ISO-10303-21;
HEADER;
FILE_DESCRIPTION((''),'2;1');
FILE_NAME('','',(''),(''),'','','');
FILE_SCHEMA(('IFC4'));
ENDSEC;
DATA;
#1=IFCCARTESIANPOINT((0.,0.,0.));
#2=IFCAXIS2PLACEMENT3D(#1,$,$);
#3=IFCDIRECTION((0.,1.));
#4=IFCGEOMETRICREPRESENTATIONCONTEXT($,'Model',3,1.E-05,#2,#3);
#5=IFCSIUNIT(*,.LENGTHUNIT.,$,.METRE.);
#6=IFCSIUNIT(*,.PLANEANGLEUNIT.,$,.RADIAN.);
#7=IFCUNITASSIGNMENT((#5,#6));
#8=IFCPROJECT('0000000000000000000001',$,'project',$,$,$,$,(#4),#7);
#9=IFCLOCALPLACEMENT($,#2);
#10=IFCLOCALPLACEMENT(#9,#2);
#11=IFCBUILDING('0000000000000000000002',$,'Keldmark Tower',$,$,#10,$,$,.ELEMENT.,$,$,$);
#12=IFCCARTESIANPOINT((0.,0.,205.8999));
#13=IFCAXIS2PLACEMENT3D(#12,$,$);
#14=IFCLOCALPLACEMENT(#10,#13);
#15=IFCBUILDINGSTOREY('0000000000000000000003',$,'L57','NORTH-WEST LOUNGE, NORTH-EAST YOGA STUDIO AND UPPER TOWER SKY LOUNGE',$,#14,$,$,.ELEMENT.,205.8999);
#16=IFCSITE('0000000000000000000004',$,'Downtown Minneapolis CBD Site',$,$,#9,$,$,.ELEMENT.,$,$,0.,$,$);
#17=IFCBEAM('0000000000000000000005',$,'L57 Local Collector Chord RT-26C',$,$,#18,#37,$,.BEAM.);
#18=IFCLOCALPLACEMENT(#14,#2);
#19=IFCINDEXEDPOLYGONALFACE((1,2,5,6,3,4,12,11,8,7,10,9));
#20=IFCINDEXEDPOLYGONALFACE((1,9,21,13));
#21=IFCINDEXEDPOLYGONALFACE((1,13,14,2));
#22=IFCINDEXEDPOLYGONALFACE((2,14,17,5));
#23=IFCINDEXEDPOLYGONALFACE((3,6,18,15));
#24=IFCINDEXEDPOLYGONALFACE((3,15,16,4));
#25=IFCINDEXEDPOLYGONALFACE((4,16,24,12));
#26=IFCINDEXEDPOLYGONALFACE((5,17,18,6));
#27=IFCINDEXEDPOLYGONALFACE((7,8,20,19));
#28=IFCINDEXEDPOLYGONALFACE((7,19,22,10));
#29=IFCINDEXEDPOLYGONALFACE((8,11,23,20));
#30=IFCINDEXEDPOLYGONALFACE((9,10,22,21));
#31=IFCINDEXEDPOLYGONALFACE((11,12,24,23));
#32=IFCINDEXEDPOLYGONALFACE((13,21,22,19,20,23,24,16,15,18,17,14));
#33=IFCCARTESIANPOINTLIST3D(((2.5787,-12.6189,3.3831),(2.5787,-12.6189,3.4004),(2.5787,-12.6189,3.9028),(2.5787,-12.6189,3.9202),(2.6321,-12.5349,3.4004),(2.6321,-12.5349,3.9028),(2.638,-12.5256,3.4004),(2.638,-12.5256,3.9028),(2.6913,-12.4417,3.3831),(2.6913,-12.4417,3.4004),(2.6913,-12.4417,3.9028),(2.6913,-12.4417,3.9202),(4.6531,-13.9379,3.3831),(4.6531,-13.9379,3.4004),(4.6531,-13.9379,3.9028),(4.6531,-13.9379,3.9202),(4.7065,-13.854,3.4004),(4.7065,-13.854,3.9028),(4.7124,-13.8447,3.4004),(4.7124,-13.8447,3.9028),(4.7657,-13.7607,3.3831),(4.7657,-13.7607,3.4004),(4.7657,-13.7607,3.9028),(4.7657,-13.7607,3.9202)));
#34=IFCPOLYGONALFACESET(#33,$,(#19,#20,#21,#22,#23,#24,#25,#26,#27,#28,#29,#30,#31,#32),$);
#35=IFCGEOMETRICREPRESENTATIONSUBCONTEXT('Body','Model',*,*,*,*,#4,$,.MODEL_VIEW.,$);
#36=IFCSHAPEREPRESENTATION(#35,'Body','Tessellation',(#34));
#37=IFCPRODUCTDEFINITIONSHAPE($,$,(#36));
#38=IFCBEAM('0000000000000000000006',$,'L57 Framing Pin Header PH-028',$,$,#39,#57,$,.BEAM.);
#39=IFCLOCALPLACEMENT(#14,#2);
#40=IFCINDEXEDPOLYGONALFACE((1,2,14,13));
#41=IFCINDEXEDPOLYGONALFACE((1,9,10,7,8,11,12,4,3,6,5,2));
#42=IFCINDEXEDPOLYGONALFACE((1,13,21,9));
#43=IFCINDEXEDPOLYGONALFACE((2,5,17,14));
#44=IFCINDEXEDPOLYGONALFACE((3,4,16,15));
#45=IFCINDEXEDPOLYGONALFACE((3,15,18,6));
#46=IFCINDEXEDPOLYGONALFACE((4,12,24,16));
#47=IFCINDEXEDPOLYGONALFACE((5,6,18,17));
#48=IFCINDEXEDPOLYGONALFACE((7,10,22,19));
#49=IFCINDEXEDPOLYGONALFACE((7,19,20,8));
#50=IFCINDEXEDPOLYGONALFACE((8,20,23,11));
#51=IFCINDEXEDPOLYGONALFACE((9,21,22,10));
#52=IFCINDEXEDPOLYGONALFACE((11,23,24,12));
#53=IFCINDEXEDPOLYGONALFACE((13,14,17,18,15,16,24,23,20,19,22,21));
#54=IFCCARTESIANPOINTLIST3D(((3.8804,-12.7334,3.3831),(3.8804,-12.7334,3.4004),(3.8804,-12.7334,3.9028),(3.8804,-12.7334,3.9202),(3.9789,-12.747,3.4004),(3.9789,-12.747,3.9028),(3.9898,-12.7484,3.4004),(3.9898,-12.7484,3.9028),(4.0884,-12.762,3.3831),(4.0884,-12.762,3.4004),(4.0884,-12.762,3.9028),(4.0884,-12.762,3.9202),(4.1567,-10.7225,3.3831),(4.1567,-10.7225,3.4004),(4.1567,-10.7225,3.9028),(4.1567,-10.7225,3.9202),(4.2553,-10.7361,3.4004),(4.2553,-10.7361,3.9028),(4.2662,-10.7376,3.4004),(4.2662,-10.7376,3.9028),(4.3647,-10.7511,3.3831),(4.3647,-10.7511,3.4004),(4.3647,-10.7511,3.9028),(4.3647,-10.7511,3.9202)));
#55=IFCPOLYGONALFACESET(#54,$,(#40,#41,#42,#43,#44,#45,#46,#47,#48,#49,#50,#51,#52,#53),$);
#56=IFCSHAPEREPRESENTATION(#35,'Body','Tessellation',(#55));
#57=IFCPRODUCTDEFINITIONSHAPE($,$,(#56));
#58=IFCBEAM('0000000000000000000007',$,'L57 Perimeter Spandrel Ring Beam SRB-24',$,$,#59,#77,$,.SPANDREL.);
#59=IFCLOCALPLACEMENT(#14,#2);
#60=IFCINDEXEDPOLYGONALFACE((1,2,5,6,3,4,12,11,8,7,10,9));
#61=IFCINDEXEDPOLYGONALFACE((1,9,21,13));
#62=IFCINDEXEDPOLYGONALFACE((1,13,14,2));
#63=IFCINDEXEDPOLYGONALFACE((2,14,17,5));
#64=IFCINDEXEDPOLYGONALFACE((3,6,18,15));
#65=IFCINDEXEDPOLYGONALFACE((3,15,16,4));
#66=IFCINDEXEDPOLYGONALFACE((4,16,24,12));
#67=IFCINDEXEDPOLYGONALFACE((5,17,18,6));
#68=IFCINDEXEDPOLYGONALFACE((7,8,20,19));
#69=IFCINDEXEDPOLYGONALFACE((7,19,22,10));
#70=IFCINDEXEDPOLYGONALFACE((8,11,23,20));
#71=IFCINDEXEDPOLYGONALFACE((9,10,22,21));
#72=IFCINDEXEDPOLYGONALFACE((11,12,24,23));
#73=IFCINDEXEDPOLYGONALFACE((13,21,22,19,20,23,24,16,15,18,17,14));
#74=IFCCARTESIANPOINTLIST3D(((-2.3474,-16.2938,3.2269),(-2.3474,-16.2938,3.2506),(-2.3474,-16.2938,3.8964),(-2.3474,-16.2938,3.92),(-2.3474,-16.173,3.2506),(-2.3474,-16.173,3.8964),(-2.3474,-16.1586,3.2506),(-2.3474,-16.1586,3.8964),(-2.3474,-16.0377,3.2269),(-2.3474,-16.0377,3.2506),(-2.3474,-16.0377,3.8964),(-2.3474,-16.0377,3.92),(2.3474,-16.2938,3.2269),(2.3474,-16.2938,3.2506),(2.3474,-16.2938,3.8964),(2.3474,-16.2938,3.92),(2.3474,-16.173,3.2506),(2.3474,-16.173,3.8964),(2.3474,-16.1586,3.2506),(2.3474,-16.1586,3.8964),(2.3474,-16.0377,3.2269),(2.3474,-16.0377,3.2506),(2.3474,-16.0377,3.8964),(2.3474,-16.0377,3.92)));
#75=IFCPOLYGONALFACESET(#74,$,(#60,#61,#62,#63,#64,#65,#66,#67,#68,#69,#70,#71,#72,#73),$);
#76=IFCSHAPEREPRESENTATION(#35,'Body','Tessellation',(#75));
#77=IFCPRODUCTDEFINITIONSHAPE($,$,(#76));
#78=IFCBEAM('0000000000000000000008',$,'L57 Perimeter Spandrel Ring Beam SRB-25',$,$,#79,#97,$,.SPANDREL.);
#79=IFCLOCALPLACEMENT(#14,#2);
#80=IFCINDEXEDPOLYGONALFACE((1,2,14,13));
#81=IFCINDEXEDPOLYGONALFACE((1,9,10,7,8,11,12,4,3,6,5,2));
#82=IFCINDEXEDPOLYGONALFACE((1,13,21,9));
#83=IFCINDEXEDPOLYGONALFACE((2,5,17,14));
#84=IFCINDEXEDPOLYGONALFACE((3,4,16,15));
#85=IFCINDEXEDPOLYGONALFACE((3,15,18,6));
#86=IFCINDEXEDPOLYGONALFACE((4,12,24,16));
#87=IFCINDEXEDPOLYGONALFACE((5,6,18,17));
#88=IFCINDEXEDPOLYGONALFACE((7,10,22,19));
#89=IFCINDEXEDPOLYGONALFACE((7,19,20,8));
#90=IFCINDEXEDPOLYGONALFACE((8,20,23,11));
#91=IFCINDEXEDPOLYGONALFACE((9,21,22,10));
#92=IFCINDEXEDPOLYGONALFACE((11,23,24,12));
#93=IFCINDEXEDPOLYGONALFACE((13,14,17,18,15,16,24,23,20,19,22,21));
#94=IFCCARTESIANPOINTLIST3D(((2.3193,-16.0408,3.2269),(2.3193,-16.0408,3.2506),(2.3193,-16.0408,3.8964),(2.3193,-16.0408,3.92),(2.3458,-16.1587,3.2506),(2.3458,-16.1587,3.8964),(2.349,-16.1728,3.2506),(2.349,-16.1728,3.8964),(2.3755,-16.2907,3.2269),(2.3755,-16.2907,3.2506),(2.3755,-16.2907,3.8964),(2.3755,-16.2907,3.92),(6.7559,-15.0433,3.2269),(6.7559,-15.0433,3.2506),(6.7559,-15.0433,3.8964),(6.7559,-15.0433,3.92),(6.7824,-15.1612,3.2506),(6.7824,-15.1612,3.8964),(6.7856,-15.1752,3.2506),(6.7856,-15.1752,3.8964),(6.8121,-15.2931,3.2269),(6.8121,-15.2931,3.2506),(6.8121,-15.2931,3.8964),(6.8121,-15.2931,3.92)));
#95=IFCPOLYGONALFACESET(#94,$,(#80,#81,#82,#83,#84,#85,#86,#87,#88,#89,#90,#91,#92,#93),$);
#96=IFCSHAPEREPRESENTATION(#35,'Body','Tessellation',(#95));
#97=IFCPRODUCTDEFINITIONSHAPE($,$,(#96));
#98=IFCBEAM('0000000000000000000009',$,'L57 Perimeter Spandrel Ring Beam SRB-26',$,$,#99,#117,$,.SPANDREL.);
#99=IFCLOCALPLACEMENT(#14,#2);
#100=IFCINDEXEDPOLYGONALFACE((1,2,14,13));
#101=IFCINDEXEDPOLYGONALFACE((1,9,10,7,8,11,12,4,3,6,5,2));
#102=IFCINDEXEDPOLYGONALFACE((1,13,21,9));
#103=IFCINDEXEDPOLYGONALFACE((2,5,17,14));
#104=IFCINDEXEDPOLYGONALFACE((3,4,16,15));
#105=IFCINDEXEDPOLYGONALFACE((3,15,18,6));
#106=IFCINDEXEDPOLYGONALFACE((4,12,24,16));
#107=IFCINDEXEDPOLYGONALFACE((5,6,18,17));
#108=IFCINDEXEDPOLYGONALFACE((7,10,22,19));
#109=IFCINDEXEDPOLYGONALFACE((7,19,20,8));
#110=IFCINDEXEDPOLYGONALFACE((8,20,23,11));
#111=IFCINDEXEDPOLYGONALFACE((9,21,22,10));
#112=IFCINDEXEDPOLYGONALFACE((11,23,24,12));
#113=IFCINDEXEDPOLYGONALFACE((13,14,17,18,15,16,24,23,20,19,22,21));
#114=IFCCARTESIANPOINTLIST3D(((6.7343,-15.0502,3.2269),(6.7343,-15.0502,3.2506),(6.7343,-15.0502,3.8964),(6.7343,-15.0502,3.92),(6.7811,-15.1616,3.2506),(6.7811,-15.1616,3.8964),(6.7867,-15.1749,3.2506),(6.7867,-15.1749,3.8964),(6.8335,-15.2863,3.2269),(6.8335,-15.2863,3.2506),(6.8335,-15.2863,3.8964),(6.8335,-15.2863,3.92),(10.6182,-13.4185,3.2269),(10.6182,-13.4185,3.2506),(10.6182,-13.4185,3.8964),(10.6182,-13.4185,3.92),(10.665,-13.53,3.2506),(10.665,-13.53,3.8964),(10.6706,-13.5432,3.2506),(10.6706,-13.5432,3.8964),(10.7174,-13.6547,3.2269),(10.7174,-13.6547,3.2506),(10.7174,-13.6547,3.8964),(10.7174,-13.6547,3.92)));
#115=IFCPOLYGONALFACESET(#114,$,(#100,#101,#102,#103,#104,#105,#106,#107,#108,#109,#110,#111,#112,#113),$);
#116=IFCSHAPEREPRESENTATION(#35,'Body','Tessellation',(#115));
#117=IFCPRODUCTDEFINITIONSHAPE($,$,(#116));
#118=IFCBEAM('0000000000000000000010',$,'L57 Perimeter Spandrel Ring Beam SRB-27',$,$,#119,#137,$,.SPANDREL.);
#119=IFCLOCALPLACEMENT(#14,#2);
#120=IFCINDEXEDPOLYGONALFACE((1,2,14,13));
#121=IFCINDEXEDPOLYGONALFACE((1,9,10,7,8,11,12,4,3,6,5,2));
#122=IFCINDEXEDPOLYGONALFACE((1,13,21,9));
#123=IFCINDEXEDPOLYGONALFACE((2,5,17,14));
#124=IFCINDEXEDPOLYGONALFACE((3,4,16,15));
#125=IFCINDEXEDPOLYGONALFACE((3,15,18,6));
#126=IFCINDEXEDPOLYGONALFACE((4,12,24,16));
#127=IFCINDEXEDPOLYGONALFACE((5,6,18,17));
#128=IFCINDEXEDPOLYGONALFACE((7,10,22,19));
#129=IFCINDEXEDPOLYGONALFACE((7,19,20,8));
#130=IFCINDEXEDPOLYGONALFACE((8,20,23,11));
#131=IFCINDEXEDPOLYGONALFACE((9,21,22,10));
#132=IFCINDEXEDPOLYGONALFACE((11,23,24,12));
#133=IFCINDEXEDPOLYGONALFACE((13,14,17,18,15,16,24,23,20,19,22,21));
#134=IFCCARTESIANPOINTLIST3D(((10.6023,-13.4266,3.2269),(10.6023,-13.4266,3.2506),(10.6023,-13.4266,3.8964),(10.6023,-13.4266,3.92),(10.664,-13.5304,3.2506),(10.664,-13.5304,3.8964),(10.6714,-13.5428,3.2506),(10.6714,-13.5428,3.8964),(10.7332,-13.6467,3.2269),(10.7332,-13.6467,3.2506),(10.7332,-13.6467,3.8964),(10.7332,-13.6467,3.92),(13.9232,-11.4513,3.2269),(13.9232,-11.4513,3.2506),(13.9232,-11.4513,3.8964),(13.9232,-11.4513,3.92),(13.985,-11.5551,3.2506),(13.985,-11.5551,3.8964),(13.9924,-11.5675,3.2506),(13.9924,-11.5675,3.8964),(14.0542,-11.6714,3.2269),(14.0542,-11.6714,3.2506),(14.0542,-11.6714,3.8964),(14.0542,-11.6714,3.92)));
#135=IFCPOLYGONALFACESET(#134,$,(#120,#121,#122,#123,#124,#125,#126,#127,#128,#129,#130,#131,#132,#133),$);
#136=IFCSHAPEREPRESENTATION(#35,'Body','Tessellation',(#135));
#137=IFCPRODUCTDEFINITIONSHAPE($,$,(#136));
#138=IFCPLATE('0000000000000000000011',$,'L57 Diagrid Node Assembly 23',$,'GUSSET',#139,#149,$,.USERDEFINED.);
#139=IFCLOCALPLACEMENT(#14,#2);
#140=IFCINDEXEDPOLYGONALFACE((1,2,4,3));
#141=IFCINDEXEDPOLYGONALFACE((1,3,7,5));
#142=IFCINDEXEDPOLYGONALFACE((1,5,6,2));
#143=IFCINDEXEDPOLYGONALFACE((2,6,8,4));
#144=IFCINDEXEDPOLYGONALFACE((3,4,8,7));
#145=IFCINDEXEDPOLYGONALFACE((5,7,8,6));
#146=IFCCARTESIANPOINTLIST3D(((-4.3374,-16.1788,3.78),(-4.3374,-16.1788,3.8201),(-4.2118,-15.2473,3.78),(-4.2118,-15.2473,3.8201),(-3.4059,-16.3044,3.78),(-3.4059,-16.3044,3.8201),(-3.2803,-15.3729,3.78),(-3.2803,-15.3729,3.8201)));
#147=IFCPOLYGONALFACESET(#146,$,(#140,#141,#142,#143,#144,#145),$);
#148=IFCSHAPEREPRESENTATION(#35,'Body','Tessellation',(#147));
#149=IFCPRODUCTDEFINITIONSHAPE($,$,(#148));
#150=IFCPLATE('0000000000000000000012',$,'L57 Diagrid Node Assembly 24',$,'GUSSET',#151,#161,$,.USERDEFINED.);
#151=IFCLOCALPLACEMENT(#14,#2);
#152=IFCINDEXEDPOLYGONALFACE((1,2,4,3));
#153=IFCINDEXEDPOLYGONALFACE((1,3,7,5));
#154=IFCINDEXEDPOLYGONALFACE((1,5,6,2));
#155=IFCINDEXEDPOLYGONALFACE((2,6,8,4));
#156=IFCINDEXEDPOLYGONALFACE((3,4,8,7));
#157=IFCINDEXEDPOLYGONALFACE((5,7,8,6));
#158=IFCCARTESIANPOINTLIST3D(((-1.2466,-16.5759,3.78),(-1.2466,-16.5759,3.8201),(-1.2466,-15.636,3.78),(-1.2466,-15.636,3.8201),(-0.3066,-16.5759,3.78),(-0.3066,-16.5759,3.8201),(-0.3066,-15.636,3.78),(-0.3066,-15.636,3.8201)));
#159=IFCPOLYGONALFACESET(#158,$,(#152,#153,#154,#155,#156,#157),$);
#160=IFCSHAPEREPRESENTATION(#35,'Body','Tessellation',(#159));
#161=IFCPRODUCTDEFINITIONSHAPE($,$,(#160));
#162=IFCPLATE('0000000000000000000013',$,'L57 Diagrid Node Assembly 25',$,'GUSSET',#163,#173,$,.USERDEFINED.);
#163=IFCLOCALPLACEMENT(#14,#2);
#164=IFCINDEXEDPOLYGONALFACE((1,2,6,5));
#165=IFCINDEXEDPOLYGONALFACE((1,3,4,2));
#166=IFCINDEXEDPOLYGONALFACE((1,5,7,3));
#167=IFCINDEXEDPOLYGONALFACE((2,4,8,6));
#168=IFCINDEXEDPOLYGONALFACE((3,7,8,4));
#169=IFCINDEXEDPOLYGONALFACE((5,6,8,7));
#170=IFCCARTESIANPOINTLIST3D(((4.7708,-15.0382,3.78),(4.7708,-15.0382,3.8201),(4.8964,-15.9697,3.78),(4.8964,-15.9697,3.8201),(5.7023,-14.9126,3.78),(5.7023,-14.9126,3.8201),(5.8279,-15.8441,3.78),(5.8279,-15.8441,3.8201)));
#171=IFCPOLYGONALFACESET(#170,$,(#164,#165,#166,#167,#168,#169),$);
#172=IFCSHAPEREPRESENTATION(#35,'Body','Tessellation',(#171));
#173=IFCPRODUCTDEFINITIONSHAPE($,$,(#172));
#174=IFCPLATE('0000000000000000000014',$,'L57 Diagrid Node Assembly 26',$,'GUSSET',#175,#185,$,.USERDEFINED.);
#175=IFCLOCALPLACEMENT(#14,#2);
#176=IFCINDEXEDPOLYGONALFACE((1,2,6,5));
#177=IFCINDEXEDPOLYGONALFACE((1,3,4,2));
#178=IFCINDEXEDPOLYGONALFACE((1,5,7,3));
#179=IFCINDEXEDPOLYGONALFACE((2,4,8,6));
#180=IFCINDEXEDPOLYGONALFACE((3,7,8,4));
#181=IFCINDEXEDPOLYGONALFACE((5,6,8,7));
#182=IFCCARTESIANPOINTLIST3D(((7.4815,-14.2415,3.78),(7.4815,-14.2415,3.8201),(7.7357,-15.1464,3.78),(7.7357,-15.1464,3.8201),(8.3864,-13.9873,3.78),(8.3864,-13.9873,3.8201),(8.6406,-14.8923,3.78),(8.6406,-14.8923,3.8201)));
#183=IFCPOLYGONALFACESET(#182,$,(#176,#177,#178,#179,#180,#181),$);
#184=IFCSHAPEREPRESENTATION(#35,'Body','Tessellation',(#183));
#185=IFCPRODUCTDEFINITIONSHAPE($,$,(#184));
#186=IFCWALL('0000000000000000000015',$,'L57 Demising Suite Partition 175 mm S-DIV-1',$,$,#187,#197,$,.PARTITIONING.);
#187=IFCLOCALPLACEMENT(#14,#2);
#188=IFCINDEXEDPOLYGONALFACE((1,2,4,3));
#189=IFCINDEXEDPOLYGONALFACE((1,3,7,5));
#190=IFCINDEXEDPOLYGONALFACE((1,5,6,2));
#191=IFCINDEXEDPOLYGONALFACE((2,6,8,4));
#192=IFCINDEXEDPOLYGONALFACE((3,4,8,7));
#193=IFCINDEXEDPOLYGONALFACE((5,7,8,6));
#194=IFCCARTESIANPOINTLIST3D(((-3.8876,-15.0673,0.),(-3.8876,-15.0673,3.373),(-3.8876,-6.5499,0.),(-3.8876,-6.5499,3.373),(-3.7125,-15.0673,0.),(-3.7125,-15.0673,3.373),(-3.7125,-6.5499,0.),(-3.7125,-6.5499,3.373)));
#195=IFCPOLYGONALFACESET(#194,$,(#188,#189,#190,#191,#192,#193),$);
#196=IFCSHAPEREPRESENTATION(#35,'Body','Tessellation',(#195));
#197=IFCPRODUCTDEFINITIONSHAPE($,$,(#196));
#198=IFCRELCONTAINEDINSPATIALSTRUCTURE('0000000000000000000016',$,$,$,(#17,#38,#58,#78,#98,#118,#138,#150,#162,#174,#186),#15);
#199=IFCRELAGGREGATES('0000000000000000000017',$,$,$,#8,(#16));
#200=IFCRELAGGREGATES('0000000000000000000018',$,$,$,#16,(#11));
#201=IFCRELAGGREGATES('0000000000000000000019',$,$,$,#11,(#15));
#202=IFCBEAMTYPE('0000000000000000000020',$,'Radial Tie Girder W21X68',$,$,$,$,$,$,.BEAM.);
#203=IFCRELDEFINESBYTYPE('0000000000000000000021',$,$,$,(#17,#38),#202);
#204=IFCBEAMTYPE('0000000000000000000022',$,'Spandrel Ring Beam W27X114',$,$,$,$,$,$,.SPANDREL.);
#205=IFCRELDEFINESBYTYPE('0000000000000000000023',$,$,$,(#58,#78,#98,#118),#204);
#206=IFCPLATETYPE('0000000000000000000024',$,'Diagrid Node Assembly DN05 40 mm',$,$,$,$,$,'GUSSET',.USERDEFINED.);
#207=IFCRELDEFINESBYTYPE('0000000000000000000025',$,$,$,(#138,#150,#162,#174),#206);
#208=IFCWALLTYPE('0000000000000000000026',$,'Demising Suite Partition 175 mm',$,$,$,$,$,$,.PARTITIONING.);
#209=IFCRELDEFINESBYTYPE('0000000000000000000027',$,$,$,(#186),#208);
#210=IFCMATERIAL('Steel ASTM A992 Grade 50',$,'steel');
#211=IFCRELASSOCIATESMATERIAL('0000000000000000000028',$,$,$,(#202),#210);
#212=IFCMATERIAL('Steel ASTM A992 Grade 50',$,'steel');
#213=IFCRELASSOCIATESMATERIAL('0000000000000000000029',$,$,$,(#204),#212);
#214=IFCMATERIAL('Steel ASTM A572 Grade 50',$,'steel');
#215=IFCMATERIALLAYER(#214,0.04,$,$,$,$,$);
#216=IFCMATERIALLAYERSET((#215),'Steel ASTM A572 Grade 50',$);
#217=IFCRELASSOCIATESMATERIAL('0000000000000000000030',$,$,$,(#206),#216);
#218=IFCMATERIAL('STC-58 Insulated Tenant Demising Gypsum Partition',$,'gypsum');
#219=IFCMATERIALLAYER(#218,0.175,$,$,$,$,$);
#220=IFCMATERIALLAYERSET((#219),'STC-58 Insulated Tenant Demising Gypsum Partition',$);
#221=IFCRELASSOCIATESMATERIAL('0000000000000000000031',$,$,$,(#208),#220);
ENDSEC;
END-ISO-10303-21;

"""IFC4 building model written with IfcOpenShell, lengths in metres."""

from ifc_helpers import new_model, si_unit, direction, frame, frame_2d, origin, origin_2d, place, context, subcontext, project, spatial, rectangle, i_section, extrude, material, layer, layer_set, material_profile, profile_set, type_object, element, save


model = new_model("IFC4")

# Units and contexts
model_context = context("Model", 3, precision=1e-05, world=origin(), true_north=direction((0.0, 1.0)))
body_context = subcontext(model_context, "Body", "Model", "MODEL_VIEW")
ifc_project = project(units=[si_unit("LENGTHUNIT", "METRE"), si_unit("PLANEANGLEUNIT", "RADIAN")], contexts=[model_context])

# Site, building, storey
site_placement = place(None, origin())
site = spatial("IfcSite", under=ifc_project, at=site_placement, Name="Downtown Minneapolis CBD Site", CompositionType="ELEMENT", RefElevation=0.0)
building_placement = place(site_placement, origin())
building = spatial("IfcBuilding", under=site, at=building_placement, Name="Keldmark Tower", CompositionType="ELEMENT")
storey_placement = place(building_placement, frame((0.0, 0.0, 205.8999)))
storey = spatial("IfcBuildingStorey", under=building, at=storey_placement, Name="L57", Description="NORTH-WEST LOUNGE, NORTH-EAST YOGA STUDIO AND UPPER TOWER SKY LOUNGE", CompositionType="ELEMENT", Elevation=205.8999)

# Beams
ifc_material_1 = material(Name="Steel ASTM A992 Grade 50", Category="steel")
ifc_material_profile_1 = material_profile(ifc_material_1, i_section(OverallWidth=0.21, OverallDepth=0.5371, WebThickness=0.011, FlangeThickness=0.0173, at=origin_2d()), Name="W21X68")
ifc_profile_set_1 = profile_set([ifc_material_profile_1], Name="Steel ASTM A992 Grade 50")
beam_type_1 = type_object("IfcBeamType", Name="Radial Tie Girder W21X68", PredefinedType="BEAM", material=ifc_profile_set_1)
beam_1_placement = place(storey_placement, frame((2.635, -12.5303, 3.6516), z_axis=(0.84385, -0.53658, 0.0), x_axis=(0.53658, 0.84385, 0.0)))
element("IfcBeam", 1, at=beam_1_placement, inside=storey, type_object=beam_type_1, Name="L57 Local Collector Chord RT-26C", PredefinedType="BEAM", context=body_context, shape_type="SweptSolid", body=[
    extrude(i_section(OverallWidth=0.21, OverallDepth=0.5371, WebThickness=0.011, FlangeThickness=0.0173, at=origin_2d()), origin(), (0.0, 0.0, 1.0), 2.4583),
])
beam_2_placement = place(storey_placement, frame((4.2607, -10.7368, 3.6516), z_axis=(-0.136149, -0.990688, 0.0), x_axis=(0.990688, -0.136149, 0.0)))
element("IfcBeam", 2, at=beam_2_placement, inside=storey, type_object=beam_type_1, Name="L57 Framing Pin Header PH-028", PredefinedType="BEAM", context=body_context, shape_type="SweptSolid", body=[
    extrude(i_section(OverallWidth=0.21, OverallDepth=0.5371, WebThickness=0.011, FlangeThickness=0.0173, at=origin_2d()), origin(), (0.0, 0.0, 1.0), 2.0298),
])
ifc_material_2 = material(Name="Steel ASTM A992 Grade 50", Category="steel")
ifc_material_profile_2 = material_profile(ifc_material_2, i_section(OverallWidth=0.2561, OverallDepth=0.6931, WebThickness=0.0144, FlangeThickness=0.0237, at=origin_2d()), Name="W27X114")
ifc_profile_set_2 = profile_set([ifc_material_profile_2], Name="Steel ASTM A992 Grade 50")
beam_type_2 = type_object("IfcBeamType", Name="Spandrel Ring Beam W27X114", PredefinedType="SPANDREL", material=ifc_profile_set_2)
beam_3_placement = place(storey_placement, frame((-2.3474, -16.1658, 3.5735), z_axis=(1.0, 0.0, 0.0), x_axis=(0.0, 1.0, 0.0)))
element("IfcBeam", 3, at=beam_3_placement, inside=storey, type_object=beam_type_2, Name="L57 Perimeter Spandrel Ring Beam SRB-24", PredefinedType="SPANDREL", context=body_context, shape_type="SweptSolid", body=[
    extrude(i_section(OverallWidth=0.2561, OverallDepth=0.6931, WebThickness=0.0144, FlangeThickness=0.0237, at=origin_2d()), origin(), (0.0, 0.0, 1.0), 4.6948),
])
beam_4_placement = place(storey_placement, frame((2.3474, -16.1658, 3.5735), z_axis=(0.975641, 0.219374, 0.0), x_axis=(-0.219374, 0.975641, 0.0)))
element("IfcBeam", 4, at=beam_4_placement, inside=storey, type_object=beam_type_2, Name="L57 Perimeter Spandrel Ring Beam SRB-25", PredefinedType="SPANDREL", context=body_context, shape_type="SweptSolid", body=[
    extrude(i_section(OverallWidth=0.2561, OverallDepth=0.6931, WebThickness=0.0144, FlangeThickness=0.0237, at=origin_2d()), origin(), (0.0, 0.0, 1.0), 4.5474),
])
beam_5_placement = place(storey_placement, frame((6.7839, -15.1682, 3.5735), z_axis=(0.921948, 0.387313, 0.0), x_axis=(-0.387313, 0.921948, 0.0)))
element("IfcBeam", 5, at=beam_5_placement, inside=storey, type_object=beam_type_2, Name="L57 Perimeter Spandrel Ring Beam SRB-26", PredefinedType="SPANDREL", context=body_context, shape_type="SweptSolid", body=[
    extrude(i_section(OverallWidth=0.2561, OverallDepth=0.6931, WebThickness=0.0144, FlangeThickness=0.0237, at=origin_2d()), origin(), (0.0, 0.0, 1.0), 4.2126),
])
beam_6_placement = place(storey_placement, frame((10.6677, -13.5366, 3.5735), z_axis=(0.85946, 0.511203, 0.0), x_axis=(-0.511203, 0.85946, 0.0)))
element("IfcBeam", 6, at=beam_6_placement, inside=storey, type_object=beam_type_2, Name="L57 Perimeter Spandrel Ring Beam SRB-27", PredefinedType="SPANDREL", context=body_context, shape_type="SweptSolid", body=[
    extrude(i_section(OverallWidth=0.2561, OverallDepth=0.6931, WebThickness=0.0144, FlangeThickness=0.0237, at=origin_2d()), origin(), (0.0, 0.0, 1.0), 3.864),
])

# Plates
ifc_material_3 = material(Name="Steel ASTM A572 Grade 50", Category="steel")
ifc_layer_1 = layer(ifc_material_3, 0.04)
ifc_layer_set_1 = layer_set([ifc_layer_1], Name="Steel ASTM A572 Grade 50")
plate_type = type_object("IfcPlateType", Name="Diagrid Node Assembly DN05 40 mm", ElementType="GUSSET", PredefinedType="USERDEFINED", material=ifc_layer_set_1)
for number, where, z_axis, x_axis, name in (
    (7, (-3.8088, -15.7759, 3.78), (0.0, 0.0, 1.0), (0.99103, -0.13364, 0.0), "L57 Diagrid Node Assembly 23"),
    (8, (-0.7766, -16.106, 3.78), (0.0, 0.0, 1.0), (1.0, 0.0, 0.0), "L57 Diagrid Node Assembly 24"),
    (9, (5.2993, -15.4412, 3.78), (0.0, 0.0, 1.0), (0.99103, 0.13364, 0.0), "L57 Diagrid Node Assembly 25"),
    (10, (8.061, -14.5669, 3.78), (0.0, 0.0, 1.0), (0.962739, 0.270432, 0.0), "L57 Diagrid Node Assembly 26"),
):
    element("IfcPlate", number, at=place(storey_placement, frame(where, z_axis=z_axis, x_axis=x_axis)), inside=storey, type_object=plate_type, Name=name, ObjectType="GUSSET", PredefinedType="USERDEFINED", context=body_context, shape_type="SweptSolid", body=[
        extrude(rectangle(XDim=0.9399, YDim=0.9399, at=origin_2d()), origin(), (0.0, 0.0, 1.0), 0.04),
    ])

# Wall
ifc_material_4 = material(Name="STC-58 Insulated Tenant Demising Gypsum Partition", Category="gypsum")
ifc_layer_2 = layer(ifc_material_4, 0.175)
ifc_layer_set_2 = layer_set([ifc_layer_2], Name="STC-58 Insulated Tenant Demising Gypsum Partition")
wall_type_1 = type_object("IfcWallType", Name="Demising Suite Partition 175 mm", PredefinedType="PARTITIONING", material=ifc_layer_set_2)
wall_1_placement = place(storey_placement, frame((-3.8, -15.0674, 0.0), z_axis=(0.0, 0.0, 1.0), x_axis=(0.0, 1.0, 0.0)))
element("IfcWall", 11, at=wall_1_placement, inside=storey, type_object=wall_type_1, Name="L57 Demising Suite Partition 175 mm S-DIV-1", PredefinedType="PARTITIONING", context=body_context, shape_type="SweptSolid", body=[
    extrude(rectangle(XDim=8.5173, YDim=0.175, at=frame_2d((4.2588, 0.0))), origin(), (0.0, 0.0, 1.0), 3.373),
])

save(model, "model.ifc")
